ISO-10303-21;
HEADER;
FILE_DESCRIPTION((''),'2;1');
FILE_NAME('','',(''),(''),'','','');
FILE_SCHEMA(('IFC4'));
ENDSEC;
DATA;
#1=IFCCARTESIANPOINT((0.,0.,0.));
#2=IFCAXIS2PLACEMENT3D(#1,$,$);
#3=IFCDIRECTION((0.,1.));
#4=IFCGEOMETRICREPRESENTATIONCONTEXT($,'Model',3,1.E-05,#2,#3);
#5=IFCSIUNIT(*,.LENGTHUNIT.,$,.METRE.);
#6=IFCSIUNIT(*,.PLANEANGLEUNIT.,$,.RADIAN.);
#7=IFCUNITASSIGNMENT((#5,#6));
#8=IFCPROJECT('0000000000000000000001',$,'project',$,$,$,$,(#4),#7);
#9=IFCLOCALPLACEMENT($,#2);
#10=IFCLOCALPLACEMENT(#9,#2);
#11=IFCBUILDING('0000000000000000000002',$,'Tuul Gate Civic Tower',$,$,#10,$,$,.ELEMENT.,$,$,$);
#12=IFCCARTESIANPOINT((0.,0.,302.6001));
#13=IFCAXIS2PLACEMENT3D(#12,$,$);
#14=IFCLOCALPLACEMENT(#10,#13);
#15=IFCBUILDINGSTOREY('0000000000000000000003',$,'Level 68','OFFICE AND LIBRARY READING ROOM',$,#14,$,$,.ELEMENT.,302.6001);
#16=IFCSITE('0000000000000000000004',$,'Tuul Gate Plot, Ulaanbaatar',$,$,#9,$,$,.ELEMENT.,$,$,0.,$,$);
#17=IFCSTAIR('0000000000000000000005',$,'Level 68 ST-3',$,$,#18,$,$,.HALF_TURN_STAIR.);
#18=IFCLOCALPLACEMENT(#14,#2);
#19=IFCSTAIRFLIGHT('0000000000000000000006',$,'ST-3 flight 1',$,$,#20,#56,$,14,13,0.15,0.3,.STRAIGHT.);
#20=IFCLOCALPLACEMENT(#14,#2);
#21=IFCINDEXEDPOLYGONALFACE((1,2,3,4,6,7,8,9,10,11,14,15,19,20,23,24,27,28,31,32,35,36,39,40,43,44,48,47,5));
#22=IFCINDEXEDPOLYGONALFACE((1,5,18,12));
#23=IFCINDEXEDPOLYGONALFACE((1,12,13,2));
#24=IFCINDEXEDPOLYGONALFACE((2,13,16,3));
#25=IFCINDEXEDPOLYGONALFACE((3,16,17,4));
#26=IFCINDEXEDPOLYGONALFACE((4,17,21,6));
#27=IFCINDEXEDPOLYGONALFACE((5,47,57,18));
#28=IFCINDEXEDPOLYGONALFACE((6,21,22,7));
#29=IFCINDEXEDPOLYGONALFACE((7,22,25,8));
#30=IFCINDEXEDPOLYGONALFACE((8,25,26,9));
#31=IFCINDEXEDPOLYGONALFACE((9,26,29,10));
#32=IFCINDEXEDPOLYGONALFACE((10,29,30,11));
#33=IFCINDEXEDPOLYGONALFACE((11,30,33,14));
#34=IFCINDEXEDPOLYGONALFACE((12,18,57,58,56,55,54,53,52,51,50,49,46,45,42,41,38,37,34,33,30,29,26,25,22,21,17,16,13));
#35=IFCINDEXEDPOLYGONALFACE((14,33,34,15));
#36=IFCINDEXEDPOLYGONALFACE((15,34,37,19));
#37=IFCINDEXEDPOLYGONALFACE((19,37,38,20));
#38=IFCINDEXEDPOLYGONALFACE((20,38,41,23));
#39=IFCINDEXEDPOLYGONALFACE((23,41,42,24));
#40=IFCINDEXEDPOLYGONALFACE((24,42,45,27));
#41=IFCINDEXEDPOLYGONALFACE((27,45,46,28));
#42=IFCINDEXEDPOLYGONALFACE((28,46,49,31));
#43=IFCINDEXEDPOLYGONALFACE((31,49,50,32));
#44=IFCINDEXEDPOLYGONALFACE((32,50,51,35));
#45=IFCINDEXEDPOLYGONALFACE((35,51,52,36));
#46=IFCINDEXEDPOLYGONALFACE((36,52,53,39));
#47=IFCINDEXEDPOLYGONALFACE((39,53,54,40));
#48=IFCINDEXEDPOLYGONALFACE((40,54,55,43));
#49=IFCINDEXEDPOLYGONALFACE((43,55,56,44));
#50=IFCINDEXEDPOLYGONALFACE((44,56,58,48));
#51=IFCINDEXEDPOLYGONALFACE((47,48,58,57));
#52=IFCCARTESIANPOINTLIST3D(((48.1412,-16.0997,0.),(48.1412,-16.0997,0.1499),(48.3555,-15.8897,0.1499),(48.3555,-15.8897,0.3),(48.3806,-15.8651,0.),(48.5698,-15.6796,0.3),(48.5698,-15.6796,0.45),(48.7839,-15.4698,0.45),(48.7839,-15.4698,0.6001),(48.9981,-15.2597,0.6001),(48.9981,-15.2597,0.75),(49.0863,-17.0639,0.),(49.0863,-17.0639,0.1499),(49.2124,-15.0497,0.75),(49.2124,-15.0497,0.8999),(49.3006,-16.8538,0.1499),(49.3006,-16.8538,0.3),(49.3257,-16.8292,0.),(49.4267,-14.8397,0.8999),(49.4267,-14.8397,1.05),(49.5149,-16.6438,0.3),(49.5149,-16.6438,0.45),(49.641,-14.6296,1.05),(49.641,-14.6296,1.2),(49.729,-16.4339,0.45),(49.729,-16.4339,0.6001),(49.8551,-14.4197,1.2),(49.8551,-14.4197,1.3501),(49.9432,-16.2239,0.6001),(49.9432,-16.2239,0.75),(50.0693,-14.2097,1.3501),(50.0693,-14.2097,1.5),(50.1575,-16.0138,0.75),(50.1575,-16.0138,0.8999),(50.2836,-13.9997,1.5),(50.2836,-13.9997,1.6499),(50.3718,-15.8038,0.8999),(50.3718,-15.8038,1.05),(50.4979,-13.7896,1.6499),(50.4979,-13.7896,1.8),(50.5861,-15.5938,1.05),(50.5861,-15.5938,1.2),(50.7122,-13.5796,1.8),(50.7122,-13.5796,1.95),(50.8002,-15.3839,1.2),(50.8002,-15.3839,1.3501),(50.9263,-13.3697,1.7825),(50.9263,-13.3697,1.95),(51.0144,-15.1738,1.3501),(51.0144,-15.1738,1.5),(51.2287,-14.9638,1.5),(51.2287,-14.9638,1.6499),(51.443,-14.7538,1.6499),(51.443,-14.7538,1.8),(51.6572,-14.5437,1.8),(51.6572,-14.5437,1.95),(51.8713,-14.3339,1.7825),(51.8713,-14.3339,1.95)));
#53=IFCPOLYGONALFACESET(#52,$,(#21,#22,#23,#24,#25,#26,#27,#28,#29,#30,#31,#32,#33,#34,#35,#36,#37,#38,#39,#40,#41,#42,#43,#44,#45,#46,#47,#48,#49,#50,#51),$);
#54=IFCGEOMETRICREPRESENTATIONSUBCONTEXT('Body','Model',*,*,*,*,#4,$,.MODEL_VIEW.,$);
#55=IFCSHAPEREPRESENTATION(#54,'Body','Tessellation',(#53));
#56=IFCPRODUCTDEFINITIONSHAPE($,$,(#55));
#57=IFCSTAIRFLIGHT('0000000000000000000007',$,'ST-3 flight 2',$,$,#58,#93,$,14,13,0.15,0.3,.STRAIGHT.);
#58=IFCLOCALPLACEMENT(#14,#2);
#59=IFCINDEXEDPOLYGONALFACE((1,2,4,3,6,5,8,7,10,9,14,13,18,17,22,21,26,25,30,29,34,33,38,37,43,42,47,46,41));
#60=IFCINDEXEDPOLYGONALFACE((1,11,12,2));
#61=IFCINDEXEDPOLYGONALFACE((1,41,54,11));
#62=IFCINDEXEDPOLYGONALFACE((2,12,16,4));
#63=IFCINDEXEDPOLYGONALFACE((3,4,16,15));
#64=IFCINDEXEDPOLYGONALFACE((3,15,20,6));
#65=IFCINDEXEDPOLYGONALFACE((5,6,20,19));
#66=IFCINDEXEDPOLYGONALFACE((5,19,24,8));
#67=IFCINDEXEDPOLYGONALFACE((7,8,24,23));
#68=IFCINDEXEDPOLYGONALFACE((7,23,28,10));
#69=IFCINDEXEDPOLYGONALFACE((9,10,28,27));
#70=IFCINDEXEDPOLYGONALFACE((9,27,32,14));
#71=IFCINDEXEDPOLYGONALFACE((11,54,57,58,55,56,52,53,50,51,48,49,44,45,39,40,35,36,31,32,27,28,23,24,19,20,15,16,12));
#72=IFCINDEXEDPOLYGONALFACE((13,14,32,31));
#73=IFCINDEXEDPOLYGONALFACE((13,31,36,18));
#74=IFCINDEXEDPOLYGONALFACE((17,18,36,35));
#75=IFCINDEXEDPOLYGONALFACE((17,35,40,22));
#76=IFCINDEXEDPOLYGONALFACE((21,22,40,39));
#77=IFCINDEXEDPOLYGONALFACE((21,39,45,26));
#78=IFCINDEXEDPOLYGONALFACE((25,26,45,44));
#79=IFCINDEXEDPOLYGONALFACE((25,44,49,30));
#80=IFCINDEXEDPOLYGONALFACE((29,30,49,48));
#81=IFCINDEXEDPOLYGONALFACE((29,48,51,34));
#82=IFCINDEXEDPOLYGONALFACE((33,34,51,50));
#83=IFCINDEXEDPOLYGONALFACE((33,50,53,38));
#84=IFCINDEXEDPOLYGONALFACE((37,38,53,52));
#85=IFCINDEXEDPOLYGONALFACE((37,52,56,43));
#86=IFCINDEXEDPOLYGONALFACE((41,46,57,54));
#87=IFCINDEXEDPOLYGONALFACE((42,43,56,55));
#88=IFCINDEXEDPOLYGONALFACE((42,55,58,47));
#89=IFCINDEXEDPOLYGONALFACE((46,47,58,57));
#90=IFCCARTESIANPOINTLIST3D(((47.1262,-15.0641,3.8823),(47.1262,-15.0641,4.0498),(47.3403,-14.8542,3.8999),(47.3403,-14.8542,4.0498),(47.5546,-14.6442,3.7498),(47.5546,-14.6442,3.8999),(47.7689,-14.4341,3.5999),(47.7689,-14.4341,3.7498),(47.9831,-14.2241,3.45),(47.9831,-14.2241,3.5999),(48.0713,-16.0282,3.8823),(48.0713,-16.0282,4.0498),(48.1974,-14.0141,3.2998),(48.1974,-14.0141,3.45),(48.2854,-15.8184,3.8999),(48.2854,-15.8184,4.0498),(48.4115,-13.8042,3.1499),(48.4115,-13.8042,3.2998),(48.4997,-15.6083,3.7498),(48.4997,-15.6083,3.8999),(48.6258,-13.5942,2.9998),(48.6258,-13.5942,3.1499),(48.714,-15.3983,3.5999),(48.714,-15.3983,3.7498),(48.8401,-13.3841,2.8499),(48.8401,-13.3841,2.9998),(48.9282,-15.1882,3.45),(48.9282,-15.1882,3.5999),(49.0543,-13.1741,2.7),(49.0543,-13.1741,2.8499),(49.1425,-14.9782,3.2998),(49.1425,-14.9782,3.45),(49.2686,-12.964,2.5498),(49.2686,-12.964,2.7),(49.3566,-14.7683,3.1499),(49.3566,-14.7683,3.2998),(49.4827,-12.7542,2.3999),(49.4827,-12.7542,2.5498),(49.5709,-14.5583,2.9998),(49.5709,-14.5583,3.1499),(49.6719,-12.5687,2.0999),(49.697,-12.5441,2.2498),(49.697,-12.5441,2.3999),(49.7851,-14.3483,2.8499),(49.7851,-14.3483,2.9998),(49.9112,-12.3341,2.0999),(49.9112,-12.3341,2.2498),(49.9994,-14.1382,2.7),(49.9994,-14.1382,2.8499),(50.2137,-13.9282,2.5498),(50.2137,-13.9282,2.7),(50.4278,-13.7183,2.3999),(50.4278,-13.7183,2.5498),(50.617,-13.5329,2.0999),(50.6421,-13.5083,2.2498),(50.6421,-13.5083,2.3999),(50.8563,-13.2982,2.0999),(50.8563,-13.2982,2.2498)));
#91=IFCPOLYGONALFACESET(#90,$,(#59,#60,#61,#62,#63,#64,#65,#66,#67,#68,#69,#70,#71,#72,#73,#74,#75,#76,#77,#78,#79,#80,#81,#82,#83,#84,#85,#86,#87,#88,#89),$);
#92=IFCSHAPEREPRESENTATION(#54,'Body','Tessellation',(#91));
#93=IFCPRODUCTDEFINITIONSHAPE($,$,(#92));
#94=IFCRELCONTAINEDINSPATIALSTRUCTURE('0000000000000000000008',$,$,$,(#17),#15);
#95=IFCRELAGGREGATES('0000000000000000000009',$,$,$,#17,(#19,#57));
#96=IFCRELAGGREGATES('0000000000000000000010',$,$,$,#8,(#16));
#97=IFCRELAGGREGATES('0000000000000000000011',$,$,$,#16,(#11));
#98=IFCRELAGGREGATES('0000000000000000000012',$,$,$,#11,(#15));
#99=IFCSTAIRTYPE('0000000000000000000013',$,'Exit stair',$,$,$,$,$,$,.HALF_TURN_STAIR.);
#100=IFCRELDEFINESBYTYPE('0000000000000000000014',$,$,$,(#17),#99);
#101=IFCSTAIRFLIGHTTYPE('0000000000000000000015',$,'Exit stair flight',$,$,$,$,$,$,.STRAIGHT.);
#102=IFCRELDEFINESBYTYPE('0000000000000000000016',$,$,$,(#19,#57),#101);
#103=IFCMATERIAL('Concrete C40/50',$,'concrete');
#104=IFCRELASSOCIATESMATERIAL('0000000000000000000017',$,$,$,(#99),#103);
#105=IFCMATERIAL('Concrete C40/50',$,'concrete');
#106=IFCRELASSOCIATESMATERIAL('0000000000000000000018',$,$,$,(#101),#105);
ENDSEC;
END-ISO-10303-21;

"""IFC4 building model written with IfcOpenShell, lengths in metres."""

from ifc_helpers import new_model, si_unit, direction, frame, origin, place, context, subcontext, project, spatial, polyline, outline, extrude, material, type_object, element, aggregate, save


model = new_model("IFC4")

# Units and contexts
model_context = context("Model", 3, precision=1e-05, world=origin(), true_north=direction((0.0, 1.0)))
body_context = subcontext(model_context, "Body", "Model", "MODEL_VIEW")
ifc_project = project(units=[si_unit("LENGTHUNIT", "METRE"), si_unit("PLANEANGLEUNIT", "RADIAN")], contexts=[model_context])

# Site, building, storey
site_placement = place(None, origin())
site = spatial("IfcSite", under=ifc_project, at=site_placement, Name="Tuul Gate Plot, Ulaanbaatar", CompositionType="ELEMENT", RefElevation=0.0)
building_placement = place(site_placement, origin())
building = spatial("IfcBuilding", under=site, at=building_placement, Name="Tuul Gate Civic Tower", CompositionType="ELEMENT")
storey_placement = place(building_placement, frame((0.0, 0.0, 302.6001)))
storey = spatial("IfcBuildingStorey", under=building, at=storey_placement, Name="Level 68", Description="OFFICE AND LIBRARY READING ROOM", CompositionType="ELEMENT", Elevation=302.6001)

# Stair, stair flights
ifc_material_1 = material(Name="Concrete C40/50", Category="concrete")
stair_type = type_object("IfcStairType", Name="Exit stair", PredefinedType="HALF_TURN_STAIR", material=ifc_material_1)
stair_placement = place(storey_placement, origin())
stair = element("IfcStair", 1, at=stair_placement, inside=storey, type_object=stair_type, Name="Level 68 ST-3", PredefinedType="HALF_TURN_STAIR")
ifc_material_2 = material(Name="Concrete C40/50", Category="concrete")
stair_flight_type = type_object("IfcStairFlightType", Name="Exit stair flight", PredefinedType="STRAIGHT", material=ifc_material_2)
stair_flight_1_placement = place(storey_placement, frame((48.6138, -16.5818, 0.0), z_axis=(0.0, 0.0, 1.0), x_axis=(0.714127, 0.700016, 0.0)))
stair_flight_1 = element("IfcStairFlight", 2, at=stair_flight_1_placement, type_object=stair_flight_type, Name="ST-3 flight 1", NumberOfRisers=14, NumberOfTreads=13, PredefinedType="STRAIGHT", RiserHeight=0.15, TreadLength=0.3, context=body_context, shape_type="SweptSolid", body=[
    extrude(outline(polyline([(0.0, 0.0), (0.0, 0.1499), (0.3, 0.1499), (0.3, 0.3), (0.6001, 0.3), (0.6001, 0.45), (0.8999, 0.45), (0.8999, 0.6001), (1.2, 0.6001), (1.2, 0.75), (1.5, 0.75), (1.5, 0.8999), (1.8, 0.8999), (1.8, 1.05), (2.1001, 1.05), (2.1001, 1.2), (2.3999, 1.2), (2.3999, 1.3501), (2.7, 1.3501), (2.7, 1.5), (3.0, 1.5), (3.0, 1.6499), (3.3, 1.6499), (3.3, 1.8), (3.6001, 1.8), (3.6001, 1.95), (3.8999, 1.95), (3.8999, 2.1001), (3.8999, 1.7825), (0.3352, 0.0), (0.0, 0.0)])), frame((0.0, 0.675, 0.0), z_axis=(0.0, -1.0, 0.0), x_axis=(1.0, 0.0, 0.0)), (0.0, 0.0, 1.0), 1.3501),
])
stair_flight_2_placement = place(storey_placement, frame((50.3838, -12.8162, 2.0999), z_axis=(0.0, 0.0, 1.0), x_axis=(-0.714127, -0.700016, 0.0)))
stair_flight_2 = element("IfcStairFlight", 3, at=stair_flight_2_placement, type_object=stair_flight_type, Name="ST-3 flight 2", NumberOfRisers=14, NumberOfTreads=13, PredefinedType="STRAIGHT", RiserHeight=0.15, TreadLength=0.3, context=body_context, shape_type="SweptSolid", body=[
    extrude(outline(polyline([(0.0, 0.0), (0.0, 0.1499), (0.3, 0.1499), (0.3, 0.3), (0.6001, 0.3), (0.6001, 0.45), (0.8999, 0.45), (0.8999, 0.6001), (1.2, 0.6001), (1.2, 0.75), (1.5, 0.75), (1.5, 0.8999), (1.8, 0.8999), (1.8, 1.05), (2.1001, 1.05), (2.1001, 1.2), (2.3999, 1.2), (2.3999, 1.3501), (2.7, 1.3501), (2.7, 1.5), (3.0, 1.5), (3.0, 1.6499), (3.3, 1.6499), (3.3, 1.8), (3.6001, 1.8), (3.6001, 1.95), (3.8999, 1.95), (3.8999, 2.1001), (3.8999, 1.7825), (0.3352, 0.0), (0.0, 0.0)])), frame((0.0, 0.675, 0.0), z_axis=(0.0, -1.0, 0.0), x_axis=(1.0, 0.0, 0.0)), (0.0, 0.0, 1.0), 1.3501),
])
aggregate(stair, [stair_flight_1, stair_flight_2])

save(model, "model.ifc")
